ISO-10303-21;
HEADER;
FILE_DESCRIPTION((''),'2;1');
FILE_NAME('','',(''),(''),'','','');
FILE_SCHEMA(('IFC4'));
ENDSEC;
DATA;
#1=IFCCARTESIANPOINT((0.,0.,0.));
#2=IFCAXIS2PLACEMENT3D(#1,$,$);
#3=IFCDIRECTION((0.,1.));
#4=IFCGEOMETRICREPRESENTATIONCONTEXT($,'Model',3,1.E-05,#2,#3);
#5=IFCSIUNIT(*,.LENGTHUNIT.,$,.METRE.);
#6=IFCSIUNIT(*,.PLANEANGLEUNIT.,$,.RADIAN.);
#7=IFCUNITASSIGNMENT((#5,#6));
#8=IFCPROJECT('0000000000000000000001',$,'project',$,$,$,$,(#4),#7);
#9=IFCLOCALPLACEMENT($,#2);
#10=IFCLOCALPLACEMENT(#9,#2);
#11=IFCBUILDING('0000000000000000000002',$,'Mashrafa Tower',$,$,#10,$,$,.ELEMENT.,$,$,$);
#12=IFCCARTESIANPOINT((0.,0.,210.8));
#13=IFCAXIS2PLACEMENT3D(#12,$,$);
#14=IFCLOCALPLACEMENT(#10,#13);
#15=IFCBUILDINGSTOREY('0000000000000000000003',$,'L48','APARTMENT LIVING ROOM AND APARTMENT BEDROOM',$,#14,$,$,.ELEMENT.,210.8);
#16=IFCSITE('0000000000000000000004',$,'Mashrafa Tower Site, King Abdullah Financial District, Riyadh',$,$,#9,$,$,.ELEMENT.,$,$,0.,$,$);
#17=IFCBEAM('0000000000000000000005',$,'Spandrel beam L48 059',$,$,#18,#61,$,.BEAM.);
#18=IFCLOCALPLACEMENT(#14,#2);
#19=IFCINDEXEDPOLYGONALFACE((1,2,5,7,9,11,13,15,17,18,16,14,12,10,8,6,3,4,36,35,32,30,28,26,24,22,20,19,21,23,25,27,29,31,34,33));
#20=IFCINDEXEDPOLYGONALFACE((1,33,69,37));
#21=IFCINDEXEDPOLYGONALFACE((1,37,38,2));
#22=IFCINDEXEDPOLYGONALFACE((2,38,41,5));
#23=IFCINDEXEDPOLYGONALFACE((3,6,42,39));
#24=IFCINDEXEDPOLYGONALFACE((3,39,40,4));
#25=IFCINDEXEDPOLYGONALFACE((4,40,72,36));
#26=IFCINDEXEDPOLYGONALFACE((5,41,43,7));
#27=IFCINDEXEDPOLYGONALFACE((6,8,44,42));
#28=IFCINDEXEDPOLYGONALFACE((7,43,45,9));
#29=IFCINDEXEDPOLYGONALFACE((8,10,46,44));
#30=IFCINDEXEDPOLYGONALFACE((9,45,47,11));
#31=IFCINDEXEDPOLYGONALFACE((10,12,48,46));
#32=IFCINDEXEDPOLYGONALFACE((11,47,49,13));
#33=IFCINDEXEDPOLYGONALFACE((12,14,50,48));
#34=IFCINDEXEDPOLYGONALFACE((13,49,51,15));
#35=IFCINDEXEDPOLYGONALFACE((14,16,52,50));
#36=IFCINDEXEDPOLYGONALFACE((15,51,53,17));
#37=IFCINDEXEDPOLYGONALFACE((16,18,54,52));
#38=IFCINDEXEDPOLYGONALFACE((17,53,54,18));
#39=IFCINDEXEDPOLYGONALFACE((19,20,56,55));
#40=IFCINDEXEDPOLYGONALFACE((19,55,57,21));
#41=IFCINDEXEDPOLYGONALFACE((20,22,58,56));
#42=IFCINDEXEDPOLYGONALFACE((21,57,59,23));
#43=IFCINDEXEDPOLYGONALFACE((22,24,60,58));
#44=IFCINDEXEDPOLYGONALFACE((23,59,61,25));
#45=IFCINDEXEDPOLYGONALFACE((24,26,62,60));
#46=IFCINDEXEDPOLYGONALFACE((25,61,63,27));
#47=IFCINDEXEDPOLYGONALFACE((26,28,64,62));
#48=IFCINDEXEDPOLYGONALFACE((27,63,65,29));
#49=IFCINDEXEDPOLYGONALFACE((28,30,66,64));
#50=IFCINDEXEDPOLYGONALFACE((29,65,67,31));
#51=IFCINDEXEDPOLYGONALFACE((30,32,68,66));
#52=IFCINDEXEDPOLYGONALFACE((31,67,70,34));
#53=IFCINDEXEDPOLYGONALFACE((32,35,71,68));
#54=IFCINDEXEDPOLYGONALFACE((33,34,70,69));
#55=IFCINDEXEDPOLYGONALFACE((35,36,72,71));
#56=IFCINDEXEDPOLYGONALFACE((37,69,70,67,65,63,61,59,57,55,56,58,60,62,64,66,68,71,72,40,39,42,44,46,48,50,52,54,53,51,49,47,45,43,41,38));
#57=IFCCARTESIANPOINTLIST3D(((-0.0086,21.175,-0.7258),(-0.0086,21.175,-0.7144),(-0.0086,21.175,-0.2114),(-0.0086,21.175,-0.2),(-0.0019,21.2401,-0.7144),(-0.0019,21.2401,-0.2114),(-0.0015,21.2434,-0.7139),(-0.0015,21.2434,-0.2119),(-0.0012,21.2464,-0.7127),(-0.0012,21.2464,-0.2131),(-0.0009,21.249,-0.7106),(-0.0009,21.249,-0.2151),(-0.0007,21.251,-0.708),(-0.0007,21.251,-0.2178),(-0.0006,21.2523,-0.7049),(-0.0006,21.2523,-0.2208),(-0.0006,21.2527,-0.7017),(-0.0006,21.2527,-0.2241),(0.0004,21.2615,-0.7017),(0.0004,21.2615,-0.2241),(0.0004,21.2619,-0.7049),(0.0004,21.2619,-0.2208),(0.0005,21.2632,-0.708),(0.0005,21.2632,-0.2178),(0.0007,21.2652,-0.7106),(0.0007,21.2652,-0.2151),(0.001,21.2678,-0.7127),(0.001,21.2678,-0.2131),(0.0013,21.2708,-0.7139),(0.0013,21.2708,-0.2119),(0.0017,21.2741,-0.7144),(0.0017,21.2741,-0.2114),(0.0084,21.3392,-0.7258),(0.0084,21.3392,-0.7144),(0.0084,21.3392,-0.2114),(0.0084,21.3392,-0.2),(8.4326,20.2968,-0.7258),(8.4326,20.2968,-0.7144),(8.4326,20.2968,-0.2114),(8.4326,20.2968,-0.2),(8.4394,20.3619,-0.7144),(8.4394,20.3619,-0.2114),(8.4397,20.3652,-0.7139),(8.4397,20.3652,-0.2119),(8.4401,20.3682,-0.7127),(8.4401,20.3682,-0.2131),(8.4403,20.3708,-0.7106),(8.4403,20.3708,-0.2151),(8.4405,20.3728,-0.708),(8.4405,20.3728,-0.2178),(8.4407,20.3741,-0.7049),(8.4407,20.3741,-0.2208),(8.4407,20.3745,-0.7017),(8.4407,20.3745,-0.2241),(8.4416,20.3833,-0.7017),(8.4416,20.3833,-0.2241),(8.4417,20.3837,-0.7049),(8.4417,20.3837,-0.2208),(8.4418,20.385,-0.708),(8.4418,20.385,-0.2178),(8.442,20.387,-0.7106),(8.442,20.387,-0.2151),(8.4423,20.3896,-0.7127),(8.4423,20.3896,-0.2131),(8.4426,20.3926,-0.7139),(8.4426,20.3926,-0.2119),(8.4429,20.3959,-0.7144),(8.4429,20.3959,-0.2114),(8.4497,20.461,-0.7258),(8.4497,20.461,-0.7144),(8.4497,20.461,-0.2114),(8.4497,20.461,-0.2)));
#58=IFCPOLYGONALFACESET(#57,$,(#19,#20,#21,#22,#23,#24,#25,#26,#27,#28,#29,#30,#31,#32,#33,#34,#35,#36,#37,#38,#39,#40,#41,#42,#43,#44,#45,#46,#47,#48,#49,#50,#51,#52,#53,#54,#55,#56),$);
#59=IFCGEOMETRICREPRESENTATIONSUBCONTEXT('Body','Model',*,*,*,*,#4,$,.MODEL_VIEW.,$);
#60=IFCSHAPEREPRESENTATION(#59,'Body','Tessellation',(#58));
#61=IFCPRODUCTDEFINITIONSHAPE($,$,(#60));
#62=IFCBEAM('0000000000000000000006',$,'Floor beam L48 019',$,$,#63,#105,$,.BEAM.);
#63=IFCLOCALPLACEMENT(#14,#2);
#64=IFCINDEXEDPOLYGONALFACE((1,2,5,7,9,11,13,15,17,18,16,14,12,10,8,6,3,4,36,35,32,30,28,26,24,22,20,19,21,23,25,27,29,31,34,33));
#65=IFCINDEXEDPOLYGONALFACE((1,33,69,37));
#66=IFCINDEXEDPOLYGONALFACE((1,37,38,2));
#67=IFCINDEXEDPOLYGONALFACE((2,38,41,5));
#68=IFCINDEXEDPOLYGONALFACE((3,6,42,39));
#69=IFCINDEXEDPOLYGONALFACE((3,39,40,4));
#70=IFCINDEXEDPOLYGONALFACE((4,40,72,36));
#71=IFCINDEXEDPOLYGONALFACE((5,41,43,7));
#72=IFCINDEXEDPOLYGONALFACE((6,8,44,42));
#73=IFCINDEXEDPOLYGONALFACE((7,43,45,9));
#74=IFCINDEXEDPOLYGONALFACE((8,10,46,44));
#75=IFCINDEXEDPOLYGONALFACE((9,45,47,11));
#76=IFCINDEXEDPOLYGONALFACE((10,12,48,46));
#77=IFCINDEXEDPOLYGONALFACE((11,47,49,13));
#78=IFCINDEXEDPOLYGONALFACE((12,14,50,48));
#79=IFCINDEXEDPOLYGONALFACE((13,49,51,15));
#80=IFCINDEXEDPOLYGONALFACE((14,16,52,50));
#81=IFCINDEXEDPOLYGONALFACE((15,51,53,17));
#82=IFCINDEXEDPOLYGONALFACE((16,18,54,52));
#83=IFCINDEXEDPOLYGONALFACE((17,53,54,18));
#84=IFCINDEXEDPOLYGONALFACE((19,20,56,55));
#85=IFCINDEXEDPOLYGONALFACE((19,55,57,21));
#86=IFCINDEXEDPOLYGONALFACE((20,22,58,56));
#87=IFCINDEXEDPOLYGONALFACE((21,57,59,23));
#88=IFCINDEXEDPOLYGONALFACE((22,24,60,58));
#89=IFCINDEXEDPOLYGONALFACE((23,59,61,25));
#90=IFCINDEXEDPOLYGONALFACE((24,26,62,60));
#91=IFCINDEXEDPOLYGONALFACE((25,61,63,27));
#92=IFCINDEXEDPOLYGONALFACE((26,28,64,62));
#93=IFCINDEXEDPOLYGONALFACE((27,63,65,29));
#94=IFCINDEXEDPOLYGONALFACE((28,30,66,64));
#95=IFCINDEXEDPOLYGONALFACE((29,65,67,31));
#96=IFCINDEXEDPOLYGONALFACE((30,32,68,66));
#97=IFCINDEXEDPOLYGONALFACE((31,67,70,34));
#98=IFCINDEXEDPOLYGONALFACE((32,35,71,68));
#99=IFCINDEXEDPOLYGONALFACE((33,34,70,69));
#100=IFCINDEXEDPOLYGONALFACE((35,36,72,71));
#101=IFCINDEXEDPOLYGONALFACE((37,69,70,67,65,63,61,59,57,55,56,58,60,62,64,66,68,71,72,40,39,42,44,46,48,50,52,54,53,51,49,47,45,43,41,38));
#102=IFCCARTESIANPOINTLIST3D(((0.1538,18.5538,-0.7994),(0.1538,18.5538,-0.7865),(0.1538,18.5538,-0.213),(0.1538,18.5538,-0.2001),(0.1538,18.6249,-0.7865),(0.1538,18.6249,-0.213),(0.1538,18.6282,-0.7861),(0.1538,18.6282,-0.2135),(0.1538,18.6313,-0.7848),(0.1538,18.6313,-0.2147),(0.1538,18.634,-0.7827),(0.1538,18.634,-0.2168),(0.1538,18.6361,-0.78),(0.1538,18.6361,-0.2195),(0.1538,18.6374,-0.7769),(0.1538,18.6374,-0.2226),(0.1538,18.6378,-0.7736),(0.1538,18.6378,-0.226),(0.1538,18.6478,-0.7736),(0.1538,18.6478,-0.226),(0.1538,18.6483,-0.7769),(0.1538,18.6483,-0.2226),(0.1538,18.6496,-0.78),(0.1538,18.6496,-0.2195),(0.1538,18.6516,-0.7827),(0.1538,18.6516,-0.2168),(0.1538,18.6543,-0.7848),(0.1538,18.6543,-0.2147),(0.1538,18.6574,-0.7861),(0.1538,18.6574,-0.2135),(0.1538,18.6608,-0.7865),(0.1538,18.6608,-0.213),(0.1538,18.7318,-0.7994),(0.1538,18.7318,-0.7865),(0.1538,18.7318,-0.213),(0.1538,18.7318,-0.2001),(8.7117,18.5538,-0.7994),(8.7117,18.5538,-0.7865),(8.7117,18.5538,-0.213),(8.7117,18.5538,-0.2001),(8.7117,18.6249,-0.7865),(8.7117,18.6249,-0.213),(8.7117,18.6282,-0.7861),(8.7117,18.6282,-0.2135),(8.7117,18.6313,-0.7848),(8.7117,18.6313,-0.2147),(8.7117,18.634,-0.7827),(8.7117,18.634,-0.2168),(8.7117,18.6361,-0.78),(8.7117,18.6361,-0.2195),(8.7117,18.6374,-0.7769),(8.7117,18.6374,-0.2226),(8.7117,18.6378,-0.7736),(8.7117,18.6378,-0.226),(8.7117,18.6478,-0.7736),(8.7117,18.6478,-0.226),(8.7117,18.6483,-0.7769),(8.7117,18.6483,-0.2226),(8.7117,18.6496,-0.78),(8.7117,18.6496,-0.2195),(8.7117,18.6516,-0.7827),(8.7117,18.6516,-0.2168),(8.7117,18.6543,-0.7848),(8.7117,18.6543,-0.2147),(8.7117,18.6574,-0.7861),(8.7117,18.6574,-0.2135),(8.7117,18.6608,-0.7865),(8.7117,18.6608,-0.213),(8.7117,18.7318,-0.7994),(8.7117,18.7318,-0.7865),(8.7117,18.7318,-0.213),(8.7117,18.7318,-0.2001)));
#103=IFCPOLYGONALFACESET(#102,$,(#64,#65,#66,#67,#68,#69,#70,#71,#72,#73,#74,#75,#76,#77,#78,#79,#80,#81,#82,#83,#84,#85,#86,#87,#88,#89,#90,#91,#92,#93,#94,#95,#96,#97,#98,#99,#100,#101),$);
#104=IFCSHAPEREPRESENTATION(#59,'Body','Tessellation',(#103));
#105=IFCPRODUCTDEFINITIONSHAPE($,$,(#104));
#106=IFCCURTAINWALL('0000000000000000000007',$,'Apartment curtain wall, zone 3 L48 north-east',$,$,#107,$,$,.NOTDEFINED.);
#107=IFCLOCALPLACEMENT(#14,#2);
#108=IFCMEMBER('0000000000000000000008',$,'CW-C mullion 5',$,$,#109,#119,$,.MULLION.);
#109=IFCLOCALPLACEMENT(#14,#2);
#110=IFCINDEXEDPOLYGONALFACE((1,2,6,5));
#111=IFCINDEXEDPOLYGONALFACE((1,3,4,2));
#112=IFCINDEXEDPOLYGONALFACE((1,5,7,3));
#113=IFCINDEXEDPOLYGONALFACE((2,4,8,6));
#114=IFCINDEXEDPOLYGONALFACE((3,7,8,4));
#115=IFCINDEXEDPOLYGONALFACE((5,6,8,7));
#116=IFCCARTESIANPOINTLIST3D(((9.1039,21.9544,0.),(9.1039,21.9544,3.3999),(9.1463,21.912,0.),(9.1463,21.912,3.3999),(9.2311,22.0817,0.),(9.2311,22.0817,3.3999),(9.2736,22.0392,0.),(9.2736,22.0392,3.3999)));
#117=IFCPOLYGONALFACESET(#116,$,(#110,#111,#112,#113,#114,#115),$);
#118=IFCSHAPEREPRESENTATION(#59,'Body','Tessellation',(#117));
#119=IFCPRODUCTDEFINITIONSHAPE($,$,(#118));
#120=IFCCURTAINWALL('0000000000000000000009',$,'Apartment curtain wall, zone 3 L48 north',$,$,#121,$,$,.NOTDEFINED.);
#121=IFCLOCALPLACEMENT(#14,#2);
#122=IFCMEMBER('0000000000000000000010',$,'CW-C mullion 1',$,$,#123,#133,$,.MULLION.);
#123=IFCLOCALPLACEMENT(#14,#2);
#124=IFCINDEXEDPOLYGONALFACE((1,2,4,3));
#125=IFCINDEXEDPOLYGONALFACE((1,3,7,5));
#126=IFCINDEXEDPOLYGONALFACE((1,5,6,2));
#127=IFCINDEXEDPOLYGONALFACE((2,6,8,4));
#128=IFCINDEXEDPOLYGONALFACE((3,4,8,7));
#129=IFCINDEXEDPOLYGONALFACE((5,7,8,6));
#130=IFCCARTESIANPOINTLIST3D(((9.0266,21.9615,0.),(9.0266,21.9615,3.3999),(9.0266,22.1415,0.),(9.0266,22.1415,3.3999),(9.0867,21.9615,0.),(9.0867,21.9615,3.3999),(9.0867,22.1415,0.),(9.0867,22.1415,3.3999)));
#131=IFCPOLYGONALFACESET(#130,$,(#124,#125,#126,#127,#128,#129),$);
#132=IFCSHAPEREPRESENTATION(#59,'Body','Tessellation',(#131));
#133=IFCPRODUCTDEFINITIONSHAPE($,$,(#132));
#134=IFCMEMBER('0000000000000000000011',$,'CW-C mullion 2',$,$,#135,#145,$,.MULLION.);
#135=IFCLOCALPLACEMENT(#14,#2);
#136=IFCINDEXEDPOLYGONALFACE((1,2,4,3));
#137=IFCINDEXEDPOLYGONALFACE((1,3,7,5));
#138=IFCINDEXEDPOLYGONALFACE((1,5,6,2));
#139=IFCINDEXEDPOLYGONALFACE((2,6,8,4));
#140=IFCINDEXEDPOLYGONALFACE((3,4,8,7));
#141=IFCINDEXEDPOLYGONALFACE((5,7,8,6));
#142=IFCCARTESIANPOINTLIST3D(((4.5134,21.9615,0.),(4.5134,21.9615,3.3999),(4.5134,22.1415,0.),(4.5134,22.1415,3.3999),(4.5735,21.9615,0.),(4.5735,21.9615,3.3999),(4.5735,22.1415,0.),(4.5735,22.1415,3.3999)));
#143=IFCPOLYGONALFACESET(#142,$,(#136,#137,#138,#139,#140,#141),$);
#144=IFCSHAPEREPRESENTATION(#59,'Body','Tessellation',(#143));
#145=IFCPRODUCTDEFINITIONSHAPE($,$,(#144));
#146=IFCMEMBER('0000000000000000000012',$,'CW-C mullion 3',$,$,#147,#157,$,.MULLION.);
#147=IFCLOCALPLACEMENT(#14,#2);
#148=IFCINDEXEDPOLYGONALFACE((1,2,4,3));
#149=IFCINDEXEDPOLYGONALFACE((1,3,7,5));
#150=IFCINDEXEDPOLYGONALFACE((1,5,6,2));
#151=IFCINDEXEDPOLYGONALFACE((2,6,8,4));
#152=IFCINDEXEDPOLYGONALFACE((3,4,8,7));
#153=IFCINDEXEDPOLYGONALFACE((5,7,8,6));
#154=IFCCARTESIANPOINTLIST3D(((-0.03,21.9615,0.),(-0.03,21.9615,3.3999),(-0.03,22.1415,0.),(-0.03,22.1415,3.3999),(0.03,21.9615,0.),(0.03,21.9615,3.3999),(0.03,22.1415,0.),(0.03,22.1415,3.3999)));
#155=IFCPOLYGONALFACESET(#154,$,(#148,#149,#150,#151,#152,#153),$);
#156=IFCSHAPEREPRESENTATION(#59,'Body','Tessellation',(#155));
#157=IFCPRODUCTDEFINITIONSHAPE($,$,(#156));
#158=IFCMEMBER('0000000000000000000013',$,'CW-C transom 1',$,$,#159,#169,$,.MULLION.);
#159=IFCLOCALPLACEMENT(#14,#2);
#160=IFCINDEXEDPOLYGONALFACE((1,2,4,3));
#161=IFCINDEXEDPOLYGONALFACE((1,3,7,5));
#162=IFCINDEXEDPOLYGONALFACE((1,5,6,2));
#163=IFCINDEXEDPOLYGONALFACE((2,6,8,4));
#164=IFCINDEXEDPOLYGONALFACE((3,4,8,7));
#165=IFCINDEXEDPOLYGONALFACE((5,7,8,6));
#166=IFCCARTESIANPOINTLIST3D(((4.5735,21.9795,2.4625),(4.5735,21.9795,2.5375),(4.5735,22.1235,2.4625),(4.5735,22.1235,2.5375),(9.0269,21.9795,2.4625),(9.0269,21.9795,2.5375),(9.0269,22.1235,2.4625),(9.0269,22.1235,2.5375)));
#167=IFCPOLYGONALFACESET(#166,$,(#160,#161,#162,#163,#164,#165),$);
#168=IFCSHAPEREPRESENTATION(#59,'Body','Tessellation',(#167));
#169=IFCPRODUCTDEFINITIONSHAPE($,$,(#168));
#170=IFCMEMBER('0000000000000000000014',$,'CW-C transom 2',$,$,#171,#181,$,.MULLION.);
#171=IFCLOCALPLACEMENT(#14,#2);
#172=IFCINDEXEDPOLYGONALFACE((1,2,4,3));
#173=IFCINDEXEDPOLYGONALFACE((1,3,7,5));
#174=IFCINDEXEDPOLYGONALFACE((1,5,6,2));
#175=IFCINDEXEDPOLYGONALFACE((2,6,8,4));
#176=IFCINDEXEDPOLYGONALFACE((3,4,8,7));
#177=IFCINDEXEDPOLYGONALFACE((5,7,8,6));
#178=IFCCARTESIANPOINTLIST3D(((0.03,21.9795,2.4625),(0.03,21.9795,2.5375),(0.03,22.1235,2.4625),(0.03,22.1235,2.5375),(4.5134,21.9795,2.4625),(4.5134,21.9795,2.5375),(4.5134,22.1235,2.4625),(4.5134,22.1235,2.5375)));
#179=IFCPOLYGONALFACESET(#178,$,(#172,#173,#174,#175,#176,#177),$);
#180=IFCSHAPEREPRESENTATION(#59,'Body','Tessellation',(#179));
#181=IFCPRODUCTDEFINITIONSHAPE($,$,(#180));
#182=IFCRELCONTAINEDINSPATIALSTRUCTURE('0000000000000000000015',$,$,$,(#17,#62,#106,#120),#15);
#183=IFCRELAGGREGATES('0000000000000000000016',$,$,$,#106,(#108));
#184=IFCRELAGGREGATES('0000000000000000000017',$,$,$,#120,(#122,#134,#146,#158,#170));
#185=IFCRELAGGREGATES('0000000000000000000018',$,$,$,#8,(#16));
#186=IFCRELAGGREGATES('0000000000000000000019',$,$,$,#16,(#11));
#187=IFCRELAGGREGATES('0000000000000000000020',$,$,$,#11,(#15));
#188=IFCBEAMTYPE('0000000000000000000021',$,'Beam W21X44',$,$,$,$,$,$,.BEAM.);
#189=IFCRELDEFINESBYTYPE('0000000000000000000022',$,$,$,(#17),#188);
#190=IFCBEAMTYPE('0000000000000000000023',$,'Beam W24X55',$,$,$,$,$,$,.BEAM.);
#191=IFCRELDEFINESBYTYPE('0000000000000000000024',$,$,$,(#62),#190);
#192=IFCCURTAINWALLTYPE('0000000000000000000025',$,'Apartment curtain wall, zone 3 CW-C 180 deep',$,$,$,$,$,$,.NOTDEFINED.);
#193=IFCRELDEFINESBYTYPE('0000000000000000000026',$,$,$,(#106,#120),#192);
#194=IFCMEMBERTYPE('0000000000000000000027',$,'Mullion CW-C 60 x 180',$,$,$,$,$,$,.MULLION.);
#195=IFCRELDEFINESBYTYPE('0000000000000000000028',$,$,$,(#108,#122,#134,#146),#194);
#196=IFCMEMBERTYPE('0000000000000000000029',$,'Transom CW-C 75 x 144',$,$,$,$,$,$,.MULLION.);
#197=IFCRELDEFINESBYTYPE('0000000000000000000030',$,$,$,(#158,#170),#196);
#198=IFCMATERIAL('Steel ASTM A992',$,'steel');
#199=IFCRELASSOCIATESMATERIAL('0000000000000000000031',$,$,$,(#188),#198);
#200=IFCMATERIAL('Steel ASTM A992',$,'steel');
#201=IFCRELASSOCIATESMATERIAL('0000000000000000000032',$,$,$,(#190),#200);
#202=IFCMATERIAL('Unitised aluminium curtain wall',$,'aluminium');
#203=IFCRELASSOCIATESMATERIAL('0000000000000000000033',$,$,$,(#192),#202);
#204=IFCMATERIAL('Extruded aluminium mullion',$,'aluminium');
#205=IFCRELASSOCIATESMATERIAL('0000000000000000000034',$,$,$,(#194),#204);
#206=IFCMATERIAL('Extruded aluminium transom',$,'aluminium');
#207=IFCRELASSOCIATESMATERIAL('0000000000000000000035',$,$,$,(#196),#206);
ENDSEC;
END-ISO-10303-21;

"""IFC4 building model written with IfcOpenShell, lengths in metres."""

from ifc_helpers import new_model, si_unit, direction, frame, origin, origin_2d, place, context, subcontext, project, spatial, rectangle, i_section, extrude, source, transform, mapped, material, material_profile, profile_set, type_object, type_shapes, element, aggregate, save


model = new_model("IFC4")

# Units and contexts
model_context = context("Model", 3, precision=1e-05, world=origin(), true_north=direction((0.0, 1.0)))
body_context = subcontext(model_context, "Body", "Model", "MODEL_VIEW")
ifc_project = project(units=[si_unit("LENGTHUNIT", "METRE"), si_unit("PLANEANGLEUNIT", "RADIAN")], contexts=[model_context])

# Site, building, storey
site_placement = place(None, origin())
site = spatial("IfcSite", under=ifc_project, at=site_placement, Name="Mashrafa Tower Site, King Abdullah Financial District, Riyadh", CompositionType="ELEMENT", RefElevation=0.0)
building_placement = place(site_placement, origin())
building = spatial("IfcBuilding", under=site, at=building_placement, Name="Mashrafa Tower", CompositionType="ELEMENT")
storey_placement = place(building_placement, frame((0.0, 0.0, 210.8)))
storey = spatial("IfcBuildingStorey", under=building, at=storey_placement, Name="L48", Description="APARTMENT LIVING ROOM AND APARTMENT BEDROOM", CompositionType="ELEMENT", Elevation=210.8)

# Beams
ifc_material_1 = material(Name="Steel ASTM A992", Category="steel")
ifc_material_profile_1 = material_profile(ifc_material_1, i_section(OverallWidth=0.165, OverallDepth=0.5259, WebThickness=0.0088, FlangeThickness=0.0115, FilletRadius=0.0127, at=origin_2d()), Name="W21X44")
ifc_profile_set_1 = profile_set([ifc_material_profile_1], Name="Steel ASTM A992")
beam_type_1 = type_object("IfcBeamType", Name="Beam W21X44", PredefinedType="BEAM", material=ifc_profile_set_1)
for number, where, z_axis, x_axis, name in (
    (1, (8.4412, 20.3789, -0.4629), (-0.994632, 0.103476, 0.0), (-0.103476, -0.994632, 0.0), "Spandrel beam L48 059"),
):
    element("IfcBeam", number, at=place(storey_placement, frame(where, z_axis=z_axis, x_axis=x_axis)), inside=storey, type_object=beam_type_1, Name=name, PredefinedType="BEAM", context=body_context, shape_type="SweptSolid", body=[
        extrude(i_section(OverallWidth=0.165, OverallDepth=0.5259, WebThickness=0.0088, FlangeThickness=0.0115, FilletRadius=0.0127, at=origin_2d()), origin(), (0.0, 0.0, 1.0), 8.4868),
    ])
ifc_material_2 = material(Name="Steel ASTM A992", Category="steel")
ifc_material_profile_2 = material_profile(ifc_material_2, i_section(OverallWidth=0.178, OverallDepth=0.5994, WebThickness=0.01, FlangeThickness=0.0129, FilletRadius=0.0129, at=origin_2d()), Name="W24X55")
ifc_profile_set_2 = profile_set([ifc_material_profile_2], Name="Steel ASTM A992")
beam_type_2 = type_object("IfcBeamType", Name="Beam W24X55", PredefinedType="BEAM", material=ifc_profile_set_2)
beam_1_placement = place(storey_placement, frame((0.1538, 18.6428, -0.4998), z_axis=(1.0, 0.0, 0.0), x_axis=(0.0, 1.0, 0.0)))
element("IfcBeam", 2, at=beam_1_placement, inside=storey, type_object=beam_type_2, Name="Floor beam L48 019", PredefinedType="BEAM", context=body_context, shape_type="SweptSolid", body=[
    extrude(i_section(OverallWidth=0.178, OverallDepth=0.5994, WebThickness=0.01, FlangeThickness=0.0129, FilletRadius=0.0129, at=origin_2d()), origin(), (0.0, 0.0, 1.0), 8.5579),
])

# Curtain wall, member
ifc_material_3 = material(Name="Unitised aluminium curtain wall", Category="aluminium")
curtain_wall_type = type_object("IfcCurtainWallType", Name="Apartment curtain wall, zone 3 CW-C 180 deep", PredefinedType="NOTDEFINED", material=ifc_material_3)
curtain_wall_1_placement = place(storey_placement, origin())
curtain_wall_1 = element("IfcCurtainWall", 3, at=curtain_wall_1_placement, inside=storey, type_object=curtain_wall_type, Name="Apartment curtain wall, zone 3 L48 north-east", PredefinedType="NOTDEFINED")
ifc_material_4 = material(Name="Extruded aluminium mullion", Category="aluminium")
ifc_material_profile_3 = material_profile(ifc_material_4, rectangle(XDim=0.1799, YDim=0.0601, at=origin_2d()), Name="Mullion 60x180")
ifc_profile_set_3 = profile_set([ifc_material_profile_3], Name="Extruded aluminium mullion")
member_type_1 = type_object("IfcMemberType", Name="Mullion CW-C 60 x 180", PredefinedType="MULLION", material=ifc_profile_set_3)
shared_shape_1 = source(origin(), body_context, "Body", "SweptSolid", [
    extrude(rectangle(XDim=0.1799, YDim=0.0601, at=origin_2d()), origin(), (0.0, 0.0, 1.0), 3.3999),
])
type_shapes(member_type_1, [shared_shape_1])
member_1_placement = place(storey_placement, frame((9.1887, 21.9968, 0.0), z_axis=(0.0, 0.0, 1.0), x_axis=(-0.707107, -0.707107, 0.0)))
member_1 = element("IfcMember", 4, at=member_1_placement, type_object=member_type_1, Name="CW-C mullion 5", PredefinedType="MULLION", context=body_context, shape_type="MappedRepresentation", body=[
    mapped(shared_shape_1, transform((0.0, 0.0, 0.0))),
])

# Curtain wall, members
curtain_wall_2_placement = place(storey_placement, origin())
curtain_wall_2 = element("IfcCurtainWall", 5, at=curtain_wall_2_placement, inside=storey, type_object=curtain_wall_type, Name="Apartment curtain wall, zone 3 L48 north", PredefinedType="NOTDEFINED")
member_2_placement = place(storey_placement, frame((9.0566, 22.0515, 0.0), z_axis=(0.0, 0.0, 1.0), x_axis=(0.0, -1.0, 0.0)))
member_2 = element("IfcMember", 6, at=member_2_placement, type_object=member_type_1, Name="CW-C mullion 1", PredefinedType="MULLION", context=body_context, shape_type="MappedRepresentation", body=[
    mapped(shared_shape_1, transform((0.0, 0.0, 0.0))),
])
member_3_placement = place(storey_placement, frame((4.5435, 22.0515, 0.0), z_axis=(0.0, 0.0, 1.0), x_axis=(0.0, -1.0, 0.0)))
member_3 = element("IfcMember", 7, at=member_3_placement, type_object=member_type_1, Name="CW-C mullion 2", PredefinedType="MULLION", context=body_context, shape_type="MappedRepresentation", body=[
    mapped(shared_shape_1, transform((0.0, 0.0, 0.0))),
])
member_4_placement = place(storey_placement, frame((0.0, 22.0515, 0.0), z_axis=(0.0, 0.0, 1.0), x_axis=(0.0, -1.0, 0.0)))
member_4 = element("IfcMember", 8, at=member_4_placement, type_object=member_type_1, Name="CW-C mullion 3", PredefinedType="MULLION", context=body_context, shape_type="MappedRepresentation", body=[
    mapped(shared_shape_1, transform((0.0, 0.0, 0.0))),
])
ifc_material_5 = material(Name="Extruded aluminium transom", Category="aluminium")
ifc_material_profile_4 = material_profile(ifc_material_5, rectangle(XDim=0.144, YDim=0.075, at=origin_2d()), Name="Transom 75x144")
ifc_profile_set_4 = profile_set([ifc_material_profile_4], Name="Extruded aluminium transom")
member_type_2 = type_object("IfcMemberType", Name="Transom CW-C 75 x 144", PredefinedType="MULLION", material=ifc_profile_set_4)
shared_shape_2 = source(origin(), body_context, "Body", "SweptSolid", [
    extrude(rectangle(XDim=0.144, YDim=0.075, at=origin_2d()), origin(), (0.0, 0.0, 1.0), 4.4534),
])
member_5_placement = place(storey_placement, frame((9.0269, 22.0515, 2.5), z_axis=(-1.0, 0.0, 0.0), x_axis=(0.0, -1.0, 0.0)))
member_5 = element("IfcMember", 9, at=member_5_placement, type_object=member_type_2, Name="CW-C transom 1", PredefinedType="MULLION", context=body_context, shape_type="MappedRepresentation", body=[
    mapped(shared_shape_2, transform((0.0, 0.0, 0.0))),
])
shared_shape_3 = source(origin(), body_context, "Body", "SweptSolid", [
    extrude(rectangle(XDim=0.144, YDim=0.075, at=origin_2d()), origin(), (0.0, 0.0, 1.0), 4.4834),
])
type_shapes(member_type_2, [shared_shape_2, shared_shape_3])
member_6_placement = place(storey_placement, frame((4.5134, 22.0515, 2.5), z_axis=(-1.0, 0.0, 0.0), x_axis=(0.0, -1.0, 0.0)))
member_6 = element("IfcMember", 10, at=member_6_placement, type_object=member_type_2, Name="CW-C transom 2", PredefinedType="MULLION", context=body_context, shape_type="MappedRepresentation", body=[
    mapped(shared_shape_3, transform((0.0, 0.0, 0.0))),
])

aggregate(curtain_wall_1, [member_1])
aggregate(curtain_wall_2, [member_2, member_3, member_4, member_5, member_6])

save(model, "model.ifc")
